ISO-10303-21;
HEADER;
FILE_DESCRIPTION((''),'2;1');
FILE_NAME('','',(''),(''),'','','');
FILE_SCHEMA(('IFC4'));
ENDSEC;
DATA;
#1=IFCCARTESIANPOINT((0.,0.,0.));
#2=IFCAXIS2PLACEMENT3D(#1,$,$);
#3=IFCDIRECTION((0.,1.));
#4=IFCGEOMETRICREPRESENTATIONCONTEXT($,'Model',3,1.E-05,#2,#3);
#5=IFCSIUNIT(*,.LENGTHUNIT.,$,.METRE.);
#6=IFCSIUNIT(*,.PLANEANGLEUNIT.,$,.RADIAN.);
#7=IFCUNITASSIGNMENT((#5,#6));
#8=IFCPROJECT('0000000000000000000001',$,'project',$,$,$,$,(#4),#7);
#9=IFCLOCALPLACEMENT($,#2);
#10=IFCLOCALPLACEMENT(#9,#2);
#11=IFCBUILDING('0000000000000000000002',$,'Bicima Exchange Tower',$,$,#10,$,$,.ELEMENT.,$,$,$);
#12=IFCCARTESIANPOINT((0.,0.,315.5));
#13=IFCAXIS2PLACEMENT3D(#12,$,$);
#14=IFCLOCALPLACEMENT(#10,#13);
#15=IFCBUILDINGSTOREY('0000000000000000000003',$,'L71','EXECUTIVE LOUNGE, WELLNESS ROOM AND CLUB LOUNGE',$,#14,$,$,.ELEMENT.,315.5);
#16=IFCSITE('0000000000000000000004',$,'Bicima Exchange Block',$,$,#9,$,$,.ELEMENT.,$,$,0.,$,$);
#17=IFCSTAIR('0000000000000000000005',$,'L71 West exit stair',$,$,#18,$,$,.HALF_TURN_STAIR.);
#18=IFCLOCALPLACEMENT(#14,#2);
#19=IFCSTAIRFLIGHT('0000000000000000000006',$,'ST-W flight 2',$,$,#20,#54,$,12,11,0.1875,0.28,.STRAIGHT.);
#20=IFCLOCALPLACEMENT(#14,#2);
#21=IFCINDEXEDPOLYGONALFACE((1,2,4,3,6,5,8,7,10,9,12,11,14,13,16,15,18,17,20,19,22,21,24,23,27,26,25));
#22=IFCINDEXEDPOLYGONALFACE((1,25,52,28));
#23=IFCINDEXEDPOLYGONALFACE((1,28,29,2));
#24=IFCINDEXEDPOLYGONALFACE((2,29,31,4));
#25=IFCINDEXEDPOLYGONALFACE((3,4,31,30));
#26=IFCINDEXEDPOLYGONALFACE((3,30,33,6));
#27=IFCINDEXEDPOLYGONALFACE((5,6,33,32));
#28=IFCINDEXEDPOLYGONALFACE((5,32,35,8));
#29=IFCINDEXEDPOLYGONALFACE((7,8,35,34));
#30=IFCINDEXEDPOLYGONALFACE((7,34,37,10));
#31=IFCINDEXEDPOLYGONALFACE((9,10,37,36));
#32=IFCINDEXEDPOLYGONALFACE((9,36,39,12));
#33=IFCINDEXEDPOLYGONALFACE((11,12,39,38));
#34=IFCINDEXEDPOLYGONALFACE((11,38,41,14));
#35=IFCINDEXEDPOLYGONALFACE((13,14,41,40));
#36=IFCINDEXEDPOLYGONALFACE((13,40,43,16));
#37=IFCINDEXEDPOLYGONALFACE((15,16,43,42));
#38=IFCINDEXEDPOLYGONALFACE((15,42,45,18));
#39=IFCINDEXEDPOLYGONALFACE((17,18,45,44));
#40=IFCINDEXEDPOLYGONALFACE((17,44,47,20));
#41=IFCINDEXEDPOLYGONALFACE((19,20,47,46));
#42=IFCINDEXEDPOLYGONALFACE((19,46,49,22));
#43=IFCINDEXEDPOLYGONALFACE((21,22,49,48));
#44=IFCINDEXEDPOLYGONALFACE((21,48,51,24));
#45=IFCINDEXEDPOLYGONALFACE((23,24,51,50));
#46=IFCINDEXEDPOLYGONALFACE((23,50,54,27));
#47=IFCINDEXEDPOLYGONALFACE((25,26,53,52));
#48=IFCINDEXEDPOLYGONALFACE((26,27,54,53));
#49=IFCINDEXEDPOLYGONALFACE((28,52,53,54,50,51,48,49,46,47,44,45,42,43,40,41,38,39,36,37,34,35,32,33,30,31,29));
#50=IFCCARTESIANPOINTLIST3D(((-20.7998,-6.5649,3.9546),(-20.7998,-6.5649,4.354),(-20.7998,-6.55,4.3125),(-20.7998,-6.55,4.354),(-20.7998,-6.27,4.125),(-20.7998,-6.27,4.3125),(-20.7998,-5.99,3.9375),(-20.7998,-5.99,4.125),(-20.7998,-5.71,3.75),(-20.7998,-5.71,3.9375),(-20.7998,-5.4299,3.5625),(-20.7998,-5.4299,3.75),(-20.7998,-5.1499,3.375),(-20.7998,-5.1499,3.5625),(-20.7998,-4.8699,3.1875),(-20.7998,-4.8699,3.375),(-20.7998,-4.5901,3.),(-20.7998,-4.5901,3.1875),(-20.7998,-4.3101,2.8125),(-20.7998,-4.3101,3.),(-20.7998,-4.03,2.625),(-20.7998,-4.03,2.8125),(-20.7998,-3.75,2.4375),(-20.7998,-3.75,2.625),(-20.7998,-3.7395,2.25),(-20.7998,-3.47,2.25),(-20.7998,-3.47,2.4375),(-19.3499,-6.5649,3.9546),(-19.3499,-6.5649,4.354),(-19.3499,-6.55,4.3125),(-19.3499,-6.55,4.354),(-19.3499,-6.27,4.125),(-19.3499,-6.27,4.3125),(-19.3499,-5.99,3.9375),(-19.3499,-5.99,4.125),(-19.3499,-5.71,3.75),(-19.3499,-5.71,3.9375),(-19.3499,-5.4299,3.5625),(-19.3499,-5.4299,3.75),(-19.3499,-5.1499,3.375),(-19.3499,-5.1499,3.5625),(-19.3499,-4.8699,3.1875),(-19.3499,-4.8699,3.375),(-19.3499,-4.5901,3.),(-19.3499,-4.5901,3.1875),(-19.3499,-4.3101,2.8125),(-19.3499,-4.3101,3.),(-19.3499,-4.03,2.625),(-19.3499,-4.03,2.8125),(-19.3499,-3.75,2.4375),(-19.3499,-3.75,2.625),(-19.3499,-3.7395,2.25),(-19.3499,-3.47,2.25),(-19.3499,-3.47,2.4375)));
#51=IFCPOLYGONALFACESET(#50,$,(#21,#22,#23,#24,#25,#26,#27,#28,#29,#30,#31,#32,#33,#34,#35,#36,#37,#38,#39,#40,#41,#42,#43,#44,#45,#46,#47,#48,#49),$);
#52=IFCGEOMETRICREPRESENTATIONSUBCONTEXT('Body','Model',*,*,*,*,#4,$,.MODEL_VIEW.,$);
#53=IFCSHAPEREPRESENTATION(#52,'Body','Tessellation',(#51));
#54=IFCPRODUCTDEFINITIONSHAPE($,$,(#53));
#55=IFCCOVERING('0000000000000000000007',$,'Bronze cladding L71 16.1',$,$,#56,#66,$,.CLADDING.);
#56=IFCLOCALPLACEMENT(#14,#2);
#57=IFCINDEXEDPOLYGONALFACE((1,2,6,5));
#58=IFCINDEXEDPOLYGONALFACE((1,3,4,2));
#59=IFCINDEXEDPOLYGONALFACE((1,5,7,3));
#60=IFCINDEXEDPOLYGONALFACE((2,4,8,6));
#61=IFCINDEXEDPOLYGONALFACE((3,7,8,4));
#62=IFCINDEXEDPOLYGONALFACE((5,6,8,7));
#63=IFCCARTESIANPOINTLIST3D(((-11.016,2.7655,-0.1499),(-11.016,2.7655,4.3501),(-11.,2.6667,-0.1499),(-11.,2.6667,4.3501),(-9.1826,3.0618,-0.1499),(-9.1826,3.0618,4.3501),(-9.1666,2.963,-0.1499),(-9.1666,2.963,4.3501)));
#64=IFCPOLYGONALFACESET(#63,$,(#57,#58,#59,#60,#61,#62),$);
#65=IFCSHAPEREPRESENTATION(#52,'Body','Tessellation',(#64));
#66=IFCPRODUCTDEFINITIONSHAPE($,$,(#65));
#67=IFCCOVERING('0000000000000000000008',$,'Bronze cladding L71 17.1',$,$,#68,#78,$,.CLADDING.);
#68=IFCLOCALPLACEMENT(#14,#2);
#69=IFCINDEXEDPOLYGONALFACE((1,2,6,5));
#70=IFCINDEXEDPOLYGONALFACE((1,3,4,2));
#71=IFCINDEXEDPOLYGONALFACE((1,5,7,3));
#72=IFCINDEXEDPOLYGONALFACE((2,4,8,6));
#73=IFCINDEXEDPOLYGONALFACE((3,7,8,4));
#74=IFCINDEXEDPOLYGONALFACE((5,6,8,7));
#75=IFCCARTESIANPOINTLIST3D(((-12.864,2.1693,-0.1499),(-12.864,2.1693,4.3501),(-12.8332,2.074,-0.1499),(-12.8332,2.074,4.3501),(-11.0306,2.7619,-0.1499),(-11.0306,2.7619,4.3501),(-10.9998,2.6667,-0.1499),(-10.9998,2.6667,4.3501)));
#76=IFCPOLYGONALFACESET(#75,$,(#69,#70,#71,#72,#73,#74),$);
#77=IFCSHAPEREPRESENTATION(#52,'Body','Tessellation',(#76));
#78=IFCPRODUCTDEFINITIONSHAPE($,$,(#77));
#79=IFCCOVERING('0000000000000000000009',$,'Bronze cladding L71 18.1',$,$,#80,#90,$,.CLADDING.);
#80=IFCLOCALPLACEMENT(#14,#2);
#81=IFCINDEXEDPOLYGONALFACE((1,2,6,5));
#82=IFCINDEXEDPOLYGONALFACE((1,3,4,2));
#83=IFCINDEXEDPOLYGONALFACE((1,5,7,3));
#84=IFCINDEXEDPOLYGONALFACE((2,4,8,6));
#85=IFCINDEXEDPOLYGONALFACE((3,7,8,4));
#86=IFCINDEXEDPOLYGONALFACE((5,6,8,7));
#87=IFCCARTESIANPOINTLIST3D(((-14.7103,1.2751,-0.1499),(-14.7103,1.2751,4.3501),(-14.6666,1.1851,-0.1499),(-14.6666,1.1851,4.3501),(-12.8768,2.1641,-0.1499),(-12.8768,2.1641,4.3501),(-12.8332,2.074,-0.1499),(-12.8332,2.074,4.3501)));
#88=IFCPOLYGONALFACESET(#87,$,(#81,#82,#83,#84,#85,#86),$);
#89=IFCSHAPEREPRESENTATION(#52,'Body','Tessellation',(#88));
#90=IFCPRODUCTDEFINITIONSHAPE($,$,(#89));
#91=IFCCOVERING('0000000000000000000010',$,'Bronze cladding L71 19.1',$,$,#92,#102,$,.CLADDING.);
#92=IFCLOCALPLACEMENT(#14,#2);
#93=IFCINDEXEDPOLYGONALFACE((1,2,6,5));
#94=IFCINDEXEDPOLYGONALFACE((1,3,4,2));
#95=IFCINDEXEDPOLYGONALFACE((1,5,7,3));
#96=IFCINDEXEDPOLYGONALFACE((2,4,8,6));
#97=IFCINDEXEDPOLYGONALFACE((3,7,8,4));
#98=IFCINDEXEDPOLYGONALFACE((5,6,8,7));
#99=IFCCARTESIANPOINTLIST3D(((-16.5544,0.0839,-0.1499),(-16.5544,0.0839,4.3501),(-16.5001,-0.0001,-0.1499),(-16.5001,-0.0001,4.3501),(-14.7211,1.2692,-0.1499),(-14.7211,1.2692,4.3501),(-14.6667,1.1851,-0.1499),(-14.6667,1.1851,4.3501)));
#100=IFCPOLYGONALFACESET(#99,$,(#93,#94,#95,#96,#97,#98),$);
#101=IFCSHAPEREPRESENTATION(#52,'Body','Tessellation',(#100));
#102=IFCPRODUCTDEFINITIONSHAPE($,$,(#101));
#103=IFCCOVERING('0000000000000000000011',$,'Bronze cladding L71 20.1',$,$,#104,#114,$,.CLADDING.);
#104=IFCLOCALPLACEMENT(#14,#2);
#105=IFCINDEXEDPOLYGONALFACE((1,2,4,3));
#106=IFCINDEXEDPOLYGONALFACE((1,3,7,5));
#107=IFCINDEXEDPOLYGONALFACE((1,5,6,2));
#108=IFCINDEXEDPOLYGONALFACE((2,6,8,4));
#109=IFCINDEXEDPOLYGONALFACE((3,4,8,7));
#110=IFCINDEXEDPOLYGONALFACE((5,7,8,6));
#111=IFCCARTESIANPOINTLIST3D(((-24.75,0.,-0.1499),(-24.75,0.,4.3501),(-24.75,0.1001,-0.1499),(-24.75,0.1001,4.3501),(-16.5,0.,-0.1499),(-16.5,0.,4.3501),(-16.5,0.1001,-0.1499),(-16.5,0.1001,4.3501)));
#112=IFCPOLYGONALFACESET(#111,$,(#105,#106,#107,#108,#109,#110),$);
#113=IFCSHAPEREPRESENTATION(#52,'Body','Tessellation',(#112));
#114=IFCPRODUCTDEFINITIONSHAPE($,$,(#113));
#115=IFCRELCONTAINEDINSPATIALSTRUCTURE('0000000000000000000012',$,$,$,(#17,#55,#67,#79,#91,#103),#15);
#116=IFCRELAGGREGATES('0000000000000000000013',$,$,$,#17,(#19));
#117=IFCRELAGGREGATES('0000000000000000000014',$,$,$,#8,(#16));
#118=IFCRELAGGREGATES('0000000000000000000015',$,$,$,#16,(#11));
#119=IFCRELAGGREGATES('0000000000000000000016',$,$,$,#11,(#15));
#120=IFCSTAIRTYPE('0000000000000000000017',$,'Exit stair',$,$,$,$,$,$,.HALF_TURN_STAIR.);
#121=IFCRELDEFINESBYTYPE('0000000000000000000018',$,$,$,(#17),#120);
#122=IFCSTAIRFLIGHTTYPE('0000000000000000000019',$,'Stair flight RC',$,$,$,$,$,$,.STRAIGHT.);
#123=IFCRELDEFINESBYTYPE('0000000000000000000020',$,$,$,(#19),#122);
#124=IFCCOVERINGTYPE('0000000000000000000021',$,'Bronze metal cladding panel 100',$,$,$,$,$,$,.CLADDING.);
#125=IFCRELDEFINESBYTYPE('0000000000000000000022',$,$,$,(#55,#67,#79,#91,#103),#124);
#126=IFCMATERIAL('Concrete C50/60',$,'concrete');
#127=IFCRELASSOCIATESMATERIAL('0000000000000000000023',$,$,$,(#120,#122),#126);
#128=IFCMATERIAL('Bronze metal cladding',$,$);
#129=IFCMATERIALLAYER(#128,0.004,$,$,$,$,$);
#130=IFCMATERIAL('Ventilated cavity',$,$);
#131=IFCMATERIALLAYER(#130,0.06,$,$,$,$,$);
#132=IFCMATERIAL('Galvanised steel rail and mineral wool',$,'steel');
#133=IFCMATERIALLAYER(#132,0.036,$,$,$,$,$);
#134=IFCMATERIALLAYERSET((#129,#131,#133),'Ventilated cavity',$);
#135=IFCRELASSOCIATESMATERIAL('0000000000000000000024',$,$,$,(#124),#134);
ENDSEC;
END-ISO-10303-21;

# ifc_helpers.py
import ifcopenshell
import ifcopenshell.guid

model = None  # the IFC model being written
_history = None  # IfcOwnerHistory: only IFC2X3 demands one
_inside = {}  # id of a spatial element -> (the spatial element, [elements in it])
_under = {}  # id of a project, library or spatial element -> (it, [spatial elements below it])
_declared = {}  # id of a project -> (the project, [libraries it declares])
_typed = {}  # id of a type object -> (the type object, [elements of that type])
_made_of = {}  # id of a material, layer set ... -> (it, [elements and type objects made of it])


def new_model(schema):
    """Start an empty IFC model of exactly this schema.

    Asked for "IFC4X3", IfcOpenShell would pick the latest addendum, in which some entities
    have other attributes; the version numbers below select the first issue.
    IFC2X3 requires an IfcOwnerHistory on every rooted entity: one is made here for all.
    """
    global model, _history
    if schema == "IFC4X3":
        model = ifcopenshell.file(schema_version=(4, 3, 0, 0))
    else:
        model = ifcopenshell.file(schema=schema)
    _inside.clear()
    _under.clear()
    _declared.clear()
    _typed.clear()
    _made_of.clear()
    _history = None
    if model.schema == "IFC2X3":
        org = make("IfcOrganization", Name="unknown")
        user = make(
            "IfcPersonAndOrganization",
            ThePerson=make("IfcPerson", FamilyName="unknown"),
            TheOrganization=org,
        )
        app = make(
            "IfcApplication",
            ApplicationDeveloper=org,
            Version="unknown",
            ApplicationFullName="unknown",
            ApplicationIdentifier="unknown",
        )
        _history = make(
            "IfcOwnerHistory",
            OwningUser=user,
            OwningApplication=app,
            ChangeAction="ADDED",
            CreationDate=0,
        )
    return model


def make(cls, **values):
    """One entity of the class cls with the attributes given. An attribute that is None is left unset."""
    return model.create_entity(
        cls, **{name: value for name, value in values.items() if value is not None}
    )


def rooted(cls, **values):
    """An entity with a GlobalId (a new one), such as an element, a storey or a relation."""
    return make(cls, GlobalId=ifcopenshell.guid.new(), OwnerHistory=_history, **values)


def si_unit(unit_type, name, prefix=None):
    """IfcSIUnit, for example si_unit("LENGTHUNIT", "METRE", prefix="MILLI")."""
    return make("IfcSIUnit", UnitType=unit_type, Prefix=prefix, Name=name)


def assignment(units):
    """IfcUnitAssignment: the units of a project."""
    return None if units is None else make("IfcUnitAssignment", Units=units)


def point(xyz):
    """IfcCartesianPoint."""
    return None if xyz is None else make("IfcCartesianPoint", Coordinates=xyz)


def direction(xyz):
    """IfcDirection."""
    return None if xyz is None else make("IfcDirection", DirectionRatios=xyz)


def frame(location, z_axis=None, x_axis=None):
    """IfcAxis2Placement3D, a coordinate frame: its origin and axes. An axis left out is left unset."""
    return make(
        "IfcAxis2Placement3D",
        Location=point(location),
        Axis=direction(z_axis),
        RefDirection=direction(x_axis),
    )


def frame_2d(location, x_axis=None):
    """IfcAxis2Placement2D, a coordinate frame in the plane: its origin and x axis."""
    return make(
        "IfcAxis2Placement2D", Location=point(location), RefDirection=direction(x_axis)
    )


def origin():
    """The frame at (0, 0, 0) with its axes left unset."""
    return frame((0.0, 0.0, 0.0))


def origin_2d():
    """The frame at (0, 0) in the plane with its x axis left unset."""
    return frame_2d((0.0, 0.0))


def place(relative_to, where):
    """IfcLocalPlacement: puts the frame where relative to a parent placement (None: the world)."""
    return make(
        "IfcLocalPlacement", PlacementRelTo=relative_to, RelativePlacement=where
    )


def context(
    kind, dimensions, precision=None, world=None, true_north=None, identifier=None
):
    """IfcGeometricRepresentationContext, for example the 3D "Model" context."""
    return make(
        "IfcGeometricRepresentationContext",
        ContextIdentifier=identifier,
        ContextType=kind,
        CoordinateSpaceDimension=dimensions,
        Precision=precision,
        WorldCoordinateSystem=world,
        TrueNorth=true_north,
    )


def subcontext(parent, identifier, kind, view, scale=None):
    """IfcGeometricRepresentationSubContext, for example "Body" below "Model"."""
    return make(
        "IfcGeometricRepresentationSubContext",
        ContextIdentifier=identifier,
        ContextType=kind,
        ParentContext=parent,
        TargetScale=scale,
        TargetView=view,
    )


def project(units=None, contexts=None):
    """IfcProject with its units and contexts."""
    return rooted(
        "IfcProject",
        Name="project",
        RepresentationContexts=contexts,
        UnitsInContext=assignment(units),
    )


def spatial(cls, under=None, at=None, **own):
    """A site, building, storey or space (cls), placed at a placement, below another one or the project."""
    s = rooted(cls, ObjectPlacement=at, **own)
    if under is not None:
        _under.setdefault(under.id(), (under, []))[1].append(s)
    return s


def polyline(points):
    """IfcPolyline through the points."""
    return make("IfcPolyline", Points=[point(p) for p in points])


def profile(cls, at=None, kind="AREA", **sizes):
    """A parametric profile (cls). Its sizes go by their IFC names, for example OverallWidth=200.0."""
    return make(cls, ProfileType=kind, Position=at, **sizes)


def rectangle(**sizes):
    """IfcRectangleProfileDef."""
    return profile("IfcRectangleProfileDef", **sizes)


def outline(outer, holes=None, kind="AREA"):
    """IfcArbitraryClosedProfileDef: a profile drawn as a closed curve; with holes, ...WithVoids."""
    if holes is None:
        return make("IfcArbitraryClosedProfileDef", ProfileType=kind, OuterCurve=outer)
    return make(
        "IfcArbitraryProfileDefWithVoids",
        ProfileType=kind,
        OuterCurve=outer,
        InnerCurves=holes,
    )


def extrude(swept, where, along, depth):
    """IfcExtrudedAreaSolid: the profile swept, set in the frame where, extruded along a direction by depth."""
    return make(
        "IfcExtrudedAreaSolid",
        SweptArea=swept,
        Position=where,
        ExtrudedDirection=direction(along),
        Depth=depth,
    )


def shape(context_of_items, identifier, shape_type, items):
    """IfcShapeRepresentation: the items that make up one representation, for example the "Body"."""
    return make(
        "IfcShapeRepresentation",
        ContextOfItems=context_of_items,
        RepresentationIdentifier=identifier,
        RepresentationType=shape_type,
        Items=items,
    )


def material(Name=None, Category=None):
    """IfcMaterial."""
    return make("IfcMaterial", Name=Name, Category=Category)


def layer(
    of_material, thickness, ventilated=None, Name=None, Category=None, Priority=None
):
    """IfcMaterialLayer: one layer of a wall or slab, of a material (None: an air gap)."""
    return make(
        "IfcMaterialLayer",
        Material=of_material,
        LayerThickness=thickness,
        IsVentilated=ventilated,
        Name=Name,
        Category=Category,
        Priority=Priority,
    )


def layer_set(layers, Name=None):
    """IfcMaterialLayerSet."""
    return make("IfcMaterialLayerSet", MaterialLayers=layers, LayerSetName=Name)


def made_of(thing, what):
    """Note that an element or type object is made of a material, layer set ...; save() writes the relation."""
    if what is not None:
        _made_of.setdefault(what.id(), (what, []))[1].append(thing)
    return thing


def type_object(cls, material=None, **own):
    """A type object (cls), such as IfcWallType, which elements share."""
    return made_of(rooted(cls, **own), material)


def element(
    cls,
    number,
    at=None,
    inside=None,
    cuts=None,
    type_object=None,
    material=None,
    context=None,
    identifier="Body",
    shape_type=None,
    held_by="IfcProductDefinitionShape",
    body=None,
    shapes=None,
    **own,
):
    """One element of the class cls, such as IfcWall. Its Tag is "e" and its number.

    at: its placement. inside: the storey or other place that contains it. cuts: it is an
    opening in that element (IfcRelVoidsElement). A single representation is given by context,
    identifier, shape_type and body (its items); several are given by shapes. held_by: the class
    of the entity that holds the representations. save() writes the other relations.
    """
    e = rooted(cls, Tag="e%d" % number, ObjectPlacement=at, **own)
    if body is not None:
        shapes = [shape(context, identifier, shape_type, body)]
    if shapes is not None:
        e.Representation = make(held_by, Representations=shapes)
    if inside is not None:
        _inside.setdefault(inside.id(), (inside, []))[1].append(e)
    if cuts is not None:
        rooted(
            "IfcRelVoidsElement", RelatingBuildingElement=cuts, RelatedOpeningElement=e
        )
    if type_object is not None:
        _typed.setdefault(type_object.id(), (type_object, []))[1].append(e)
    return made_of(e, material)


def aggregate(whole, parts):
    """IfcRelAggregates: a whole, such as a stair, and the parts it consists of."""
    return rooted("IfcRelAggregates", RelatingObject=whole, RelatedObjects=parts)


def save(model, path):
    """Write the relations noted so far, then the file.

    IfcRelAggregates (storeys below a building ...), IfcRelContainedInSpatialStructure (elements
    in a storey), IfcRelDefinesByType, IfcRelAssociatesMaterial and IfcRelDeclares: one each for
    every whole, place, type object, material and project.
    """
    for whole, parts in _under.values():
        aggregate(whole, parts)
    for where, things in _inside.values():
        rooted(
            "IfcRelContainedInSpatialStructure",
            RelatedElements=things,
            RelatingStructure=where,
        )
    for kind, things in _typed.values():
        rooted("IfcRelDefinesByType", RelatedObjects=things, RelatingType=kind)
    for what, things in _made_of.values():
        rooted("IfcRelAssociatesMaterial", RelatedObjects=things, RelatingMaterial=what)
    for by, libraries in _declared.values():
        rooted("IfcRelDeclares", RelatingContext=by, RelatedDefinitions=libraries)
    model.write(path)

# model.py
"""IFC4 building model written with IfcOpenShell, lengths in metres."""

from ifc_helpers import new_model, si_unit, direction, frame, origin, origin_2d, place, context, subcontext, project, spatial, polyline, rectangle, outline, extrude, material, layer, layer_set, type_object, element, aggregate, save


model = new_model("IFC4")

# Units and contexts
model_context = context("Model", 3, precision=1e-05, world=origin(), true_north=direction((0.0, 1.0)))
body_context = subcontext(model_context, "Body", "Model", "MODEL_VIEW")
ifc_project = project(units=[si_unit("LENGTHUNIT", "METRE"), si_unit("PLANEANGLEUNIT", "RADIAN")], contexts=[model_context])

# Site, building, storey
site_placement = place(None, origin())
site = spatial("IfcSite", under=ifc_project, at=site_placement, Name="Bicima Exchange Block", CompositionType="ELEMENT", RefElevation=0.0)
building_placement = place(site_placement, origin())
building = spatial("IfcBuilding", under=site, at=building_placement, Name="Bicima Exchange Tower", CompositionType="ELEMENT")
storey_placement = place(building_placement, frame((0.0, 0.0, 315.5)))
storey = spatial("IfcBuildingStorey", under=building, at=storey_placement, Name="L71", Description="EXECUTIVE LOUNGE, WELLNESS ROOM AND CLUB LOUNGE", CompositionType="ELEMENT", Elevation=315.5)

# Shared definitions
ifc_material_1 = material(Name="Concrete C50/60", Category="concrete")

# Stair, stair flight
stair_type = type_object("IfcStairType", Name="Exit stair", PredefinedType="HALF_TURN_STAIR", material=ifc_material_1)
stair_placement = place(storey_placement, origin())
stair = element("IfcStair", 1, at=stair_placement, inside=storey, type_object=stair_type, Name="L71 West exit stair", PredefinedType="HALF_TURN_STAIR")
stair_flight_type = type_object("IfcStairFlightType", Name="Stair flight RC", PredefinedType="STRAIGHT", material=ifc_material_1)
stair_flight_1_placement = place(storey_placement, frame((-20.075, -3.47, 2.25), z_axis=(0.0, 0.0, 1.0), x_axis=(0.0, -1.0, 0.0)))
stair_flight_1 = element("IfcStairFlight", 2, at=stair_flight_1_placement, type_object=stair_flight_type, Name="ST-W flight 2", NumberOfRisers=12, NumberOfTreads=11, PredefinedType="STRAIGHT", RiserHeight=0.1875, TreadLength=0.28, context=body_context, shape_type="SweptSolid", body=[
    extrude(outline(polyline([(0.0, 0.0), (0.0, 0.1875), (0.28, 0.1875), (0.28, 0.375), (0.5601, 0.375), (0.5601, 0.5625), (0.8401, 0.5625), (0.8401, 0.75), (1.1201, 0.75), (1.1201, 0.9375), (1.3999, 0.9375), (1.3999, 1.125), (1.6799, 1.125), (1.6799, 1.3125), (1.96, 1.3125), (1.96, 1.5), (2.24, 1.5), (2.24, 1.6875), (2.52, 1.6875), (2.52, 1.875), (2.8, 1.875), (2.8, 2.0625), (3.0801, 2.0625), (3.0801, 2.104), (3.095, 2.104), (3.095, 1.7046), (0.2695, 0.0), (0.0, 0.0)])), frame((0.0, 0.7251, 0.0), z_axis=(0.0, -1.0, 0.0), x_axis=(1.0, 0.0, 0.0)), (0.0, 0.0, 1.0), 1.45),
])
aggregate(stair, [stair_flight_1])

# Coverings
ifc_material_2 = material(Name="Bronze metal cladding")
ifc_layer_1 = layer(ifc_material_2, 0.004)
ifc_material_3 = material(Name="Ventilated cavity")
ifc_layer_2 = layer(ifc_material_3, 0.06)
ifc_material_4 = material(Name="Galvanised steel rail and mineral wool", Category="steel")
ifc_layer_3 = layer(ifc_material_4, 0.036)
ifc_layer_set_1 = layer_set([ifc_layer_1, ifc_layer_2, ifc_layer_3], Name="Ventilated cavity")
covering_type = type_object("IfcCoveringType", Name="Bronze metal cladding panel 100", PredefinedType="CLADDING", material=ifc_layer_set_1)
covering_1_placement = place(storey_placement, frame((-10.0913, 2.8643, -0.1499), z_axis=(0.0, 0.0, 1.0), x_axis=(-0.98719, -0.15955, 0.0)))
element("IfcCovering", 3, at=covering_1_placement, inside=storey, type_object=covering_type, Name="Bronze cladding L71 16.1", PredefinedType="CLADDING", context=body_context, shape_type="SweptSolid", body=[
    extrude(rectangle(XDim=1.8572, YDim=0.1001, at=origin_2d()), origin(), (0.0, 0.0, 1.0), 4.5),
])
covering_2_placement = place(storey_placement, frame((-11.9319, 2.418, -0.1499), z_axis=(0.0, 0.0, 1.0), x_axis=(-0.951525, -0.307573, 0.0)))
element("IfcCovering", 4, at=covering_2_placement, inside=storey, type_object=covering_type, Name="Bronze cladding L71 17.1", PredefinedType="CLADDING", context=body_context, shape_type="SweptSolid", body=[
    extrude(rectangle(XDim=1.9268, YDim=0.1001, at=origin_2d()), origin(), (0.0, 0.0, 1.0), 4.5),
])
covering_3_placement = place(storey_placement, frame((-13.7717, 1.6746, -0.1499), z_axis=(0.0, 0.0, 1.0), x_axis=(-0.899818, -0.436265, 0.0)))
element("IfcCovering", 5, at=covering_3_placement, inside=storey, type_object=covering_type, Name="Bronze cladding L71 18.1", PredefinedType="CLADDING", context=body_context, shape_type="SweptSolid", body=[
    extrude(rectangle(XDim=2.0376, YDim=0.1001, at=origin_2d()), origin(), (0.0, 0.0, 1.0), 4.5),
])
covering_4_placement = place(storey_placement, frame((-15.6106, 0.6345, -0.1499), z_axis=(0.0, 0.0, 1.0), x_axis=(-0.83979, -0.542911, 0.0)))
element("IfcCovering", 6, at=covering_4_placement, inside=storey, type_object=covering_type, Name="Bronze cladding L71 19.1", PredefinedType="CLADDING", context=body_context, shape_type="SweptSolid", body=[
    extrude(rectangle(XDim=2.1831, YDim=0.1001, at=origin_2d()), origin(), (0.0, 0.0, 1.0), 4.5),
])
covering_5_placement = place(storey_placement, frame((-20.625, 0.05, -0.1499), z_axis=(0.0, 0.0, 1.0), x_axis=(-1.0, 0.0, 0.0)))
element("IfcCovering", 7, at=covering_5_placement, inside=storey, type_object=covering_type, Name="Bronze cladding L71 20.1", PredefinedType="CLADDING", context=body_context, shape_type="SweptSolid", body=[
    extrude(rectangle(XDim=8.25, YDim=0.1001, at=origin_2d()), origin(), (0.0, 0.0, 1.0), 4.5),
])

save(model, "model.ifc")
